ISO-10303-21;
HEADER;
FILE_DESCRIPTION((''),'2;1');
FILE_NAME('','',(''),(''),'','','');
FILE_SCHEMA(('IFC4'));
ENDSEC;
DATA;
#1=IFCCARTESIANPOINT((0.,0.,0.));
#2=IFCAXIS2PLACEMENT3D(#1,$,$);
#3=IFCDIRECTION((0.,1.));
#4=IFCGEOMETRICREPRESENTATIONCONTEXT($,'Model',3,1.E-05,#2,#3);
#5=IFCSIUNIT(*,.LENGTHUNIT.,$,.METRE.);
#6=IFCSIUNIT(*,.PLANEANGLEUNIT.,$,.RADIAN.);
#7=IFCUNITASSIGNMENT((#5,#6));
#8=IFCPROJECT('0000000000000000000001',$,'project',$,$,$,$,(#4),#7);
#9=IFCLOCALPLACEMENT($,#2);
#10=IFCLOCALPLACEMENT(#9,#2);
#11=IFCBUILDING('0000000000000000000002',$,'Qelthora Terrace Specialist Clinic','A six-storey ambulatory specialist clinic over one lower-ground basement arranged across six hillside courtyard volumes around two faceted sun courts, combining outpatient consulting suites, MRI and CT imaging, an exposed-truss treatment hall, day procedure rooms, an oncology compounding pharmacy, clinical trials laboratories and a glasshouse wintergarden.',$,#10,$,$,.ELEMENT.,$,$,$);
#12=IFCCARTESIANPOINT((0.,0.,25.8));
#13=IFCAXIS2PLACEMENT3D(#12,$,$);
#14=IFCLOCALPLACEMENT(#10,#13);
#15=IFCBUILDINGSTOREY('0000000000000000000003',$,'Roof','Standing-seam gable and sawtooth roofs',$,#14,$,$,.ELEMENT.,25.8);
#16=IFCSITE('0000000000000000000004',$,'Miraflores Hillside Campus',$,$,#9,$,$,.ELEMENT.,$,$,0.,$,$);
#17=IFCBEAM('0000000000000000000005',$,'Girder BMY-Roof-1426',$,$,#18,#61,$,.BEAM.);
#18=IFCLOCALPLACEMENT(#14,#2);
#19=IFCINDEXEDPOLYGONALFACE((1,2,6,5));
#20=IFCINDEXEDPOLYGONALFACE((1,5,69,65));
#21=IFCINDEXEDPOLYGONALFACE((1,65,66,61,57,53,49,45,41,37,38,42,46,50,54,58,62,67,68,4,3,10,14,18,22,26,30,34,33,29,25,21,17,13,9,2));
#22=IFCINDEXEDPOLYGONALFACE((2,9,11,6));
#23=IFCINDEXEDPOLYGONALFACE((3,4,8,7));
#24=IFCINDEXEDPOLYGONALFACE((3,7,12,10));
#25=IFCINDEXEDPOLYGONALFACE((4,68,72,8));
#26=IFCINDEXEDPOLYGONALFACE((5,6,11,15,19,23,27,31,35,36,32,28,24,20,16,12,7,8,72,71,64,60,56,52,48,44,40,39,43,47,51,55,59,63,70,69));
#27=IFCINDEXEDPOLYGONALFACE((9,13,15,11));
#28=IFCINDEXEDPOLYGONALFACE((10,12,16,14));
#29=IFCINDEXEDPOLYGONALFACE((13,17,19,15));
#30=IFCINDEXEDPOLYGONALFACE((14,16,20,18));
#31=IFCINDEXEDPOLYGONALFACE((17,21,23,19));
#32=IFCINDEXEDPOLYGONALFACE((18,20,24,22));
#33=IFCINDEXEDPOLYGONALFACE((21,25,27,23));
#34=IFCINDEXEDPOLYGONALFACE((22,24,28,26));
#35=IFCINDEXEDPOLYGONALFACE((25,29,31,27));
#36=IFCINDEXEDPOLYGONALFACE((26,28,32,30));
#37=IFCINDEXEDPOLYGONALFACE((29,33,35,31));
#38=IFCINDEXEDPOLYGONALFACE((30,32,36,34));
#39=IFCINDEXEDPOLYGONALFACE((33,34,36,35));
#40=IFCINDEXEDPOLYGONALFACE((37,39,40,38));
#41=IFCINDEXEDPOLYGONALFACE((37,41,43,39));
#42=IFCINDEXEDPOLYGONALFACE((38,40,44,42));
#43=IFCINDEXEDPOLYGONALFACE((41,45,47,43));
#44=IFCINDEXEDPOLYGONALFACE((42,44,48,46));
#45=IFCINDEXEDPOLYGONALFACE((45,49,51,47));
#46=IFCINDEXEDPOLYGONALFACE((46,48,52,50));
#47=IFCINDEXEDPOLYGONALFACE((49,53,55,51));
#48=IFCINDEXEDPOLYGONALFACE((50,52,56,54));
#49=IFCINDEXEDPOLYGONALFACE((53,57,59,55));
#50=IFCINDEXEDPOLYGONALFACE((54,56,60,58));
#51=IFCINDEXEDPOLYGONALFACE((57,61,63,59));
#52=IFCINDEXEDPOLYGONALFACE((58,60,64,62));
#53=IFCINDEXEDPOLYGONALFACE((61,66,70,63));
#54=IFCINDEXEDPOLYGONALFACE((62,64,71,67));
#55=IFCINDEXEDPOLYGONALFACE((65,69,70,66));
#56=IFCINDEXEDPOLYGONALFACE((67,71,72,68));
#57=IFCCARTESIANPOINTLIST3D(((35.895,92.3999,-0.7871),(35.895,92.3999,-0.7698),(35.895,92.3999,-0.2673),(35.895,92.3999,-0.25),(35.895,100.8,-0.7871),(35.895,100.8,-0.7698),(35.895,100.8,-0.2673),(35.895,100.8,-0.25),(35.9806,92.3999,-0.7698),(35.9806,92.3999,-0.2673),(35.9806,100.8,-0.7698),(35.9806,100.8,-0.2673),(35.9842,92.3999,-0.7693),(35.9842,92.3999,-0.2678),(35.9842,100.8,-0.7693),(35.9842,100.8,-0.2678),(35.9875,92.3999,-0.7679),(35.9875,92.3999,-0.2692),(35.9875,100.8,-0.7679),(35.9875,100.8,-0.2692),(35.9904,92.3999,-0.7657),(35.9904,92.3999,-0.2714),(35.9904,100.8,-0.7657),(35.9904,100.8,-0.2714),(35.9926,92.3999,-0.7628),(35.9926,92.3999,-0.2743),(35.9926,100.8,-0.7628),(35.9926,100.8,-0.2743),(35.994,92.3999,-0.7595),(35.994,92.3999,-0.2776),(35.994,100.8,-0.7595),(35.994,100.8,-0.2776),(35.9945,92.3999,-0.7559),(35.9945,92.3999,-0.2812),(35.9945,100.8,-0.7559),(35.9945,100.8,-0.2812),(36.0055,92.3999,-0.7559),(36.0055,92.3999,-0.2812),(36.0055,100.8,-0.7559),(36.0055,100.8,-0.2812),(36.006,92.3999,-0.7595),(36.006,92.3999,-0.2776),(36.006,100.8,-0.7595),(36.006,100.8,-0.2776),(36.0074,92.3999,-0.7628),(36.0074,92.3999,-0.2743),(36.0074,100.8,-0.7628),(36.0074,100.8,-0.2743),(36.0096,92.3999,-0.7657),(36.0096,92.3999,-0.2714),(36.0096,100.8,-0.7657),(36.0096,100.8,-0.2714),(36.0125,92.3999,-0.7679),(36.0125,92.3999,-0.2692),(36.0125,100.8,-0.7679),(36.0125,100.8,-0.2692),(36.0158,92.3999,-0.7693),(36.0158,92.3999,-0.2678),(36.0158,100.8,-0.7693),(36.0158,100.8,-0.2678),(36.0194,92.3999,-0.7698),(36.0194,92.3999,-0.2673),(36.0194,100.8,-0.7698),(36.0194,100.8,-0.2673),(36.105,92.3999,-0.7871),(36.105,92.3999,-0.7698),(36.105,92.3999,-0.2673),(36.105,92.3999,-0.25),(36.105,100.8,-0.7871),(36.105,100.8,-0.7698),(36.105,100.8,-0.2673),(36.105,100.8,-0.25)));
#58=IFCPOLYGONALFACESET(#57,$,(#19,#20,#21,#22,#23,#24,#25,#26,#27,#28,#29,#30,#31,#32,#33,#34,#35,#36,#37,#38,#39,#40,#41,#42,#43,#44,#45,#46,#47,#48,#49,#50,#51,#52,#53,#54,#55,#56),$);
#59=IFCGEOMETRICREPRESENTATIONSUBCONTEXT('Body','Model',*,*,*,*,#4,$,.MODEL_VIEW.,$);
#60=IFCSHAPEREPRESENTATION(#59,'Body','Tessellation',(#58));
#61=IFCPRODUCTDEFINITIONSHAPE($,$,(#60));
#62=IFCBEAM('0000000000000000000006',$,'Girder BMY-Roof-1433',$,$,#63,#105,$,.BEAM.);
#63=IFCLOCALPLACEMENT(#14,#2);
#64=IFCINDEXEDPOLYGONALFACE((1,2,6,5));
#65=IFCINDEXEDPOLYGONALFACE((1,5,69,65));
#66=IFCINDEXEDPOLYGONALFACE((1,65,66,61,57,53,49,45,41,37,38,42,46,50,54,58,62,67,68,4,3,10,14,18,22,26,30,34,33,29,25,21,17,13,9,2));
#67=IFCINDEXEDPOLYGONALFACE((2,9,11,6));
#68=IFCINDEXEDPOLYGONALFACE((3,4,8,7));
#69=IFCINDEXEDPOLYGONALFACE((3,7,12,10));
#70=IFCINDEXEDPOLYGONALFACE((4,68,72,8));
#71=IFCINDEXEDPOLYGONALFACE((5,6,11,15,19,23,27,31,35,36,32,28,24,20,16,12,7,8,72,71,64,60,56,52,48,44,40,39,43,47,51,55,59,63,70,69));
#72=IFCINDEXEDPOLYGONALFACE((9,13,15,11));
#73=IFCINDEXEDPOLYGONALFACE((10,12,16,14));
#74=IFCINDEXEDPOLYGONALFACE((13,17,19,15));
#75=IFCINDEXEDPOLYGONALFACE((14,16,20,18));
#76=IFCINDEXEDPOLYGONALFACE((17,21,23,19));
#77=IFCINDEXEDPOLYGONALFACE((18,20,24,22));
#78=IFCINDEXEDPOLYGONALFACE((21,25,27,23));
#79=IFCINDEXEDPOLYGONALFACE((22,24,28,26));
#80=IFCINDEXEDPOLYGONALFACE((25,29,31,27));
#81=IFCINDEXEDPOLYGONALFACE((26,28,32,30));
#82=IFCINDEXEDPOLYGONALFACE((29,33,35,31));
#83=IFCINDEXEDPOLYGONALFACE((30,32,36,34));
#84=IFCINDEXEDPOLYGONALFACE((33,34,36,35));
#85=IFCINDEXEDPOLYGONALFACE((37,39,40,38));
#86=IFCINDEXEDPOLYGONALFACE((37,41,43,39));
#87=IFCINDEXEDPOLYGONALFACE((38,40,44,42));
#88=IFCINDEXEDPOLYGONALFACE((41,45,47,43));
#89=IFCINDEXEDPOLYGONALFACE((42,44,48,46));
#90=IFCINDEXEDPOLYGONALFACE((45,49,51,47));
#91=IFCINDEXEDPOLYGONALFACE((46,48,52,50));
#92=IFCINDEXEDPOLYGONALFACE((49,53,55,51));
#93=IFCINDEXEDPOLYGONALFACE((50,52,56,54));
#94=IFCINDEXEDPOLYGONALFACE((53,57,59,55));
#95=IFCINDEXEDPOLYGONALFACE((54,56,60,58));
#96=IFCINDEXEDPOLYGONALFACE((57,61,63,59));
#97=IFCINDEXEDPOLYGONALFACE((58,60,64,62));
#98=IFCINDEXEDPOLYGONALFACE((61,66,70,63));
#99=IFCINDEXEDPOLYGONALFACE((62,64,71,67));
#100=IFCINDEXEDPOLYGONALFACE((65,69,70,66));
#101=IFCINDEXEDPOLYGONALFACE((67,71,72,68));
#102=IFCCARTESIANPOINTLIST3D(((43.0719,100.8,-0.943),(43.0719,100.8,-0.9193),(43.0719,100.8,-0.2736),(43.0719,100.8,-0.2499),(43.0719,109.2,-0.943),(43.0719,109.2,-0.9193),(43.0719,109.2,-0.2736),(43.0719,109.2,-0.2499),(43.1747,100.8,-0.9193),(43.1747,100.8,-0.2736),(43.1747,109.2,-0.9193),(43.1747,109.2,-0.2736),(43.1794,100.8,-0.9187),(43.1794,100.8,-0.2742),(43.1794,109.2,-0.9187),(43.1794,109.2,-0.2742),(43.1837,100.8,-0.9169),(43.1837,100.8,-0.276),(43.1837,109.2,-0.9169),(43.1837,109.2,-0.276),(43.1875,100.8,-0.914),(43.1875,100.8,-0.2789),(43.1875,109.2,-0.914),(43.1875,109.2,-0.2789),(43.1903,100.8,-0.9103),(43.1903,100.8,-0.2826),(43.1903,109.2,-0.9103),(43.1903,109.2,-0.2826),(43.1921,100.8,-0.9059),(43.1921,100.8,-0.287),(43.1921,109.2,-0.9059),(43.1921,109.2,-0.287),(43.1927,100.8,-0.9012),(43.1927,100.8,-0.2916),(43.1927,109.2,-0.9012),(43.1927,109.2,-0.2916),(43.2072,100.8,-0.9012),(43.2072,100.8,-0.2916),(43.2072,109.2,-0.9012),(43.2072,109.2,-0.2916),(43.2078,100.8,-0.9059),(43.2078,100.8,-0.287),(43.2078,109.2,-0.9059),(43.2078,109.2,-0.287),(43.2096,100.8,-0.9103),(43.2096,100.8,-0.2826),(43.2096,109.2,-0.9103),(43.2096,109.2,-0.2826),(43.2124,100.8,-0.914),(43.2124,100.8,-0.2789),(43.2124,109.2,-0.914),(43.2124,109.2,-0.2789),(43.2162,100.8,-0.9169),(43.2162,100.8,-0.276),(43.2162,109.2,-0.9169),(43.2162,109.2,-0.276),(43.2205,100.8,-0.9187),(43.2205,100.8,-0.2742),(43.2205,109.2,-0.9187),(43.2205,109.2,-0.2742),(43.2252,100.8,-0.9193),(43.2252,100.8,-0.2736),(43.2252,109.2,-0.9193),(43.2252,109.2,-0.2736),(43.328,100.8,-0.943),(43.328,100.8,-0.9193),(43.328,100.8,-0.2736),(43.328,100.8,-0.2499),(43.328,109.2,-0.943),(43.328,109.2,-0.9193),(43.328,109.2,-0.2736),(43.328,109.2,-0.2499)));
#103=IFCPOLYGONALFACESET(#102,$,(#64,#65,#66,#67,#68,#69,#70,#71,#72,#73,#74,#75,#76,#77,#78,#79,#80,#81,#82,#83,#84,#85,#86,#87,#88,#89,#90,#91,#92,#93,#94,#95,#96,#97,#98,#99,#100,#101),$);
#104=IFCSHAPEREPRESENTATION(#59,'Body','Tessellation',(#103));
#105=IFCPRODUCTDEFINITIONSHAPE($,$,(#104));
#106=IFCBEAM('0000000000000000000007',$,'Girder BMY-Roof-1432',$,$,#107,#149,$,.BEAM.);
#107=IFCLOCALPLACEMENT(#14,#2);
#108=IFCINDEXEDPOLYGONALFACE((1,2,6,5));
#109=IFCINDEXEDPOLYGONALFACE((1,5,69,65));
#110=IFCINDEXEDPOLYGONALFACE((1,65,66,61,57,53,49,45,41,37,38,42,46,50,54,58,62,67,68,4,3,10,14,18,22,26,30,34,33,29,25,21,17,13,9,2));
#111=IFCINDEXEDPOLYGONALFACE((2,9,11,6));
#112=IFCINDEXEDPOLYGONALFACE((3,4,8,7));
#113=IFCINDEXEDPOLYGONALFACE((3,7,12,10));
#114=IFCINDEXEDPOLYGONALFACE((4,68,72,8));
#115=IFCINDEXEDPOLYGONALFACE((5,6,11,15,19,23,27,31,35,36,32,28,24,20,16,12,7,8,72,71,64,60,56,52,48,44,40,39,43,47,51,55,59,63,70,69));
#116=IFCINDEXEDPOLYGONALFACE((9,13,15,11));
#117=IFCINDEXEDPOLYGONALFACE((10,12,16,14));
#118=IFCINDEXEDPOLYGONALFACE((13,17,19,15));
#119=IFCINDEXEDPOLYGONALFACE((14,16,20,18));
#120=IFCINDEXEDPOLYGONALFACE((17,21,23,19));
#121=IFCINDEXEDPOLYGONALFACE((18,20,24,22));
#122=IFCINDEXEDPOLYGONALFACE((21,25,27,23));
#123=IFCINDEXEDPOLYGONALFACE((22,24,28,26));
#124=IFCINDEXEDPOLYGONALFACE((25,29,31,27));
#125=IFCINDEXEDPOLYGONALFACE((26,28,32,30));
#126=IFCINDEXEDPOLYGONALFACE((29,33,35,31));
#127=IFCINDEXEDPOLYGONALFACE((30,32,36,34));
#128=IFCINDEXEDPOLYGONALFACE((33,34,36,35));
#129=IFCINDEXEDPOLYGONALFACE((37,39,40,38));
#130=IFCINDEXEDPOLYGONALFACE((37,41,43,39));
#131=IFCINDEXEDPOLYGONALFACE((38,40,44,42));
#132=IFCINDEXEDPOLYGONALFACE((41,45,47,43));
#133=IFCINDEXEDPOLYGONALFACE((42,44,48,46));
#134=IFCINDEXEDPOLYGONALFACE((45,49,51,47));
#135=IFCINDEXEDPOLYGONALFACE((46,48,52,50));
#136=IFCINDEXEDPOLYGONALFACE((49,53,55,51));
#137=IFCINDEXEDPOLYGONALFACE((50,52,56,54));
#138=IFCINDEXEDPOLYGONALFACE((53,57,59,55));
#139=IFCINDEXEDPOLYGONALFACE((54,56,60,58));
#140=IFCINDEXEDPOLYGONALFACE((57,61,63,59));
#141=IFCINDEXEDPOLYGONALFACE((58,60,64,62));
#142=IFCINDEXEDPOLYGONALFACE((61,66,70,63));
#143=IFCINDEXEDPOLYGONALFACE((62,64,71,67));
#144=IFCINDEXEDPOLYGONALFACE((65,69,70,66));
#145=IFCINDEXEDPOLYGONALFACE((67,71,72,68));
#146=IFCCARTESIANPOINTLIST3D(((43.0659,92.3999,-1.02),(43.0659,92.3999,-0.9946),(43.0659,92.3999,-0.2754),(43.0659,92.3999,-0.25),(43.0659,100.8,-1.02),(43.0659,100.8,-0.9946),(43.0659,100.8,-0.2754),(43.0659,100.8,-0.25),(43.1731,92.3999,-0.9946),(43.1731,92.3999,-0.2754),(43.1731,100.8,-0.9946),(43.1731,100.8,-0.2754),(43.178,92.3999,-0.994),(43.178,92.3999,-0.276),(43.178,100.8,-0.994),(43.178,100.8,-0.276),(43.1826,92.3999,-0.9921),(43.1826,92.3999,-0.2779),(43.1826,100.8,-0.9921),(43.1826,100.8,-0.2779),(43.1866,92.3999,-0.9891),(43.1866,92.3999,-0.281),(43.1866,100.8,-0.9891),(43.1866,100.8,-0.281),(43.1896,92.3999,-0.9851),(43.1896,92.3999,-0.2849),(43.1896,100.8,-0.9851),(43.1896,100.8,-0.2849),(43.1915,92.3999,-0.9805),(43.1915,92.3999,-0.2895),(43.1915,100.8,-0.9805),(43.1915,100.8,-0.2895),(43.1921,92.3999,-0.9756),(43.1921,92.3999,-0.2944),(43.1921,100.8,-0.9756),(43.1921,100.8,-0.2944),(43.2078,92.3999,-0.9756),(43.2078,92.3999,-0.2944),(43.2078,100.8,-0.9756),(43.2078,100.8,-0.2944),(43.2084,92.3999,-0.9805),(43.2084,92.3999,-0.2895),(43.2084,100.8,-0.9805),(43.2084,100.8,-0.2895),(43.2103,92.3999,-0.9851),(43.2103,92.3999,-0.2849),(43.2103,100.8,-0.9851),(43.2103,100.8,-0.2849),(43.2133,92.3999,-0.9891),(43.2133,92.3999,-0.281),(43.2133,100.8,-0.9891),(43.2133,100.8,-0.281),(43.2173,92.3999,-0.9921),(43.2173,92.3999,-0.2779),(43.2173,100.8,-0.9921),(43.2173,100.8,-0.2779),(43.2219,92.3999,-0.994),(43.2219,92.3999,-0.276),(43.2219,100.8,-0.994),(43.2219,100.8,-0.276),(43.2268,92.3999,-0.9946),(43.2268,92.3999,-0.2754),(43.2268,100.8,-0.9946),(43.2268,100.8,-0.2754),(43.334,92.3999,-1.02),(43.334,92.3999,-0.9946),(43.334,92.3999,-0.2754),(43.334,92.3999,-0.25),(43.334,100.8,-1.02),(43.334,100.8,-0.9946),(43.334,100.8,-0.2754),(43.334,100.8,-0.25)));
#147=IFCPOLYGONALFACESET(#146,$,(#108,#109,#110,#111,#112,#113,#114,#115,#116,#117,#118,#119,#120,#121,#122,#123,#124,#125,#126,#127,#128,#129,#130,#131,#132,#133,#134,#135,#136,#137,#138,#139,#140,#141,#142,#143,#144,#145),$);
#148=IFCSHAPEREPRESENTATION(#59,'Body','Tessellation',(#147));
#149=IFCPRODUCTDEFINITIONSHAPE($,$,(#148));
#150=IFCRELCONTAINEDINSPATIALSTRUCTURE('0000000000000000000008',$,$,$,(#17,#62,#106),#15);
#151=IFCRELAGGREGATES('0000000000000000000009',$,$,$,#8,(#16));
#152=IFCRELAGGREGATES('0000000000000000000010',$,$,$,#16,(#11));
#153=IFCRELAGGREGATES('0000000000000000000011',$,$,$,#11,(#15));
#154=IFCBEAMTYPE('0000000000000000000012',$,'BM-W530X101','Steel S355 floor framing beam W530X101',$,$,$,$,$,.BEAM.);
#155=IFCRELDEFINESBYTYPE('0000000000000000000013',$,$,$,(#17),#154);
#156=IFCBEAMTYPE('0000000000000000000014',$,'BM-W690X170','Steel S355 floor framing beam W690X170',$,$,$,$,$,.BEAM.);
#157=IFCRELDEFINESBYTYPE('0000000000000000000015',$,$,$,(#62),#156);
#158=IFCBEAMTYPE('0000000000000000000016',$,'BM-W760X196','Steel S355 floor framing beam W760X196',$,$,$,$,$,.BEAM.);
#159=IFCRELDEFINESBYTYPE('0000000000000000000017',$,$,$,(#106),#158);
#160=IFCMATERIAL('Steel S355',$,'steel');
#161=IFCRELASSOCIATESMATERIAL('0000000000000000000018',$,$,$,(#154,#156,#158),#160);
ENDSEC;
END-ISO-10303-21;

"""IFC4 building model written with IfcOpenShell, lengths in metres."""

from ifc_helpers import new_model, si_unit, direction, frame, origin, origin_2d, place, context, subcontext, project, spatial, i_section, extrude, material, material_profile, profile_set, type_object, element, save


model = new_model("IFC4")

# Units and contexts
model_context = context("Model", 3, precision=1e-05, world=origin(), true_north=direction((0.0, 1.0)))
body_context = subcontext(model_context, "Body", "Model", "MODEL_VIEW")
ifc_project = project(units=[si_unit("LENGTHUNIT", "METRE"), si_unit("PLANEANGLEUNIT", "RADIAN")], contexts=[model_context])

# Site, building, storey
site_placement = place(None, origin())
site = spatial("IfcSite", under=ifc_project, at=site_placement, Name="Miraflores Hillside Campus", CompositionType="ELEMENT", RefElevation=0.0)
building_placement = place(site_placement, origin())
building = spatial("IfcBuilding", under=site, at=building_placement, Name="Qelthora Terrace Specialist Clinic", Description="A six-storey ambulatory specialist clinic over one lower-ground basement arranged across six hillside courtyard volumes around two faceted sun courts, combining outpatient consulting suites, MRI and CT imaging, an exposed-truss treatment hall, day procedure rooms, an oncology compounding pharmacy, clinical trials laboratories and a glasshouse wintergarden.", CompositionType="ELEMENT")
storey_placement = place(building_placement, frame((0.0, 0.0, 25.8)))
storey = spatial("IfcBuildingStorey", under=building, at=storey_placement, Name="Roof", Description="Standing-seam gable and sawtooth roofs", CompositionType="ELEMENT", Elevation=25.8)

# Beams
ifc_material_1 = material(Name="Steel S355", Category="steel")
ifc_material_profile_1 = material_profile(ifc_material_1, i_section(OverallWidth=0.21, OverallDepth=0.5371, WebThickness=0.011, FlangeThickness=0.0173, FilletRadius=0.0139, at=origin_2d()), Name="W530X101")
ifc_profile_set_1 = profile_set([ifc_material_profile_1], Name="Steel S355")
beam_type_1 = type_object("IfcBeamType", Name="BM-W530X101", Description="Steel S355 floor framing beam W530X101", PredefinedType="BEAM", material=ifc_profile_set_1)
beam_1_placement = place(storey_placement, frame((36.0, 92.3999, -0.5186), z_axis=(0.0, 1.0, 0.0), x_axis=(-1.0, 0.0, 0.0)))
element("IfcBeam", 1, at=beam_1_placement, inside=storey, type_object=beam_type_1, Name="Girder BMY-Roof-1426", PredefinedType="BEAM", context=body_context, shape_type="SweptSolid", body=[
    extrude(i_section(OverallWidth=0.21, OverallDepth=0.5371, WebThickness=0.011, FlangeThickness=0.0173, FilletRadius=0.0139, at=origin_2d()), origin(), (0.0, 0.0, 1.0), 8.4001),
])
ifc_material_profile_2 = material_profile(ifc_material_1, i_section(OverallWidth=0.2561, OverallDepth=0.6931, WebThickness=0.0144, FlangeThickness=0.0237, FilletRadius=0.0181, at=origin_2d()), Name="W690X170")
ifc_profile_set_2 = profile_set([ifc_material_profile_2], Name="Steel S355")
beam_type_2 = type_object("IfcBeamType", Name="BM-W690X170", Description="Steel S355 floor framing beam W690X170", PredefinedType="BEAM", material=ifc_profile_set_2)
beam_2_placement = place(storey_placement, frame((43.2, 100.8, -0.5964), z_axis=(0.0, 1.0, 0.0), x_axis=(-1.0, 0.0, 0.0)))
element("IfcBeam", 2, at=beam_2_placement, inside=storey, type_object=beam_type_2, Name="Girder BMY-Roof-1433", PredefinedType="BEAM", context=body_context, shape_type="SweptSolid", body=[
    extrude(i_section(OverallWidth=0.2561, OverallDepth=0.6931, WebThickness=0.0144, FlangeThickness=0.0237, FilletRadius=0.0181, at=origin_2d()), origin(), (0.0, 0.0, 1.0), 8.3999),
])
ifc_material_profile_3 = material_profile(ifc_material_1, i_section(OverallWidth=0.2681, OverallDepth=0.77, WebThickness=0.0156, FlangeThickness=0.0254, FilletRadius=0.019, at=origin_2d()), Name="W760X196")
ifc_profile_set_3 = profile_set([ifc_material_profile_3], Name="Steel S355")
beam_type_3 = type_object("IfcBeamType", Name="BM-W760X196", Description="Steel S355 floor framing beam W760X196", PredefinedType="BEAM", material=ifc_profile_set_3)
beam_3_placement = place(storey_placement, frame((43.2, 92.3999, -0.635), z_axis=(0.0, 1.0, 0.0), x_axis=(-1.0, 0.0, 0.0)))
element("IfcBeam", 3, at=beam_3_placement, inside=storey, type_object=beam_type_3, Name="Girder BMY-Roof-1432", PredefinedType="BEAM", context=body_context, shape_type="SweptSolid", body=[
    extrude(i_section(OverallWidth=0.2681, OverallDepth=0.77, WebThickness=0.0156, FlangeThickness=0.0254, FilletRadius=0.019, at=origin_2d()), origin(), (0.0, 0.0, 1.0), 8.4001),
])

save(model, "model.ifc")
